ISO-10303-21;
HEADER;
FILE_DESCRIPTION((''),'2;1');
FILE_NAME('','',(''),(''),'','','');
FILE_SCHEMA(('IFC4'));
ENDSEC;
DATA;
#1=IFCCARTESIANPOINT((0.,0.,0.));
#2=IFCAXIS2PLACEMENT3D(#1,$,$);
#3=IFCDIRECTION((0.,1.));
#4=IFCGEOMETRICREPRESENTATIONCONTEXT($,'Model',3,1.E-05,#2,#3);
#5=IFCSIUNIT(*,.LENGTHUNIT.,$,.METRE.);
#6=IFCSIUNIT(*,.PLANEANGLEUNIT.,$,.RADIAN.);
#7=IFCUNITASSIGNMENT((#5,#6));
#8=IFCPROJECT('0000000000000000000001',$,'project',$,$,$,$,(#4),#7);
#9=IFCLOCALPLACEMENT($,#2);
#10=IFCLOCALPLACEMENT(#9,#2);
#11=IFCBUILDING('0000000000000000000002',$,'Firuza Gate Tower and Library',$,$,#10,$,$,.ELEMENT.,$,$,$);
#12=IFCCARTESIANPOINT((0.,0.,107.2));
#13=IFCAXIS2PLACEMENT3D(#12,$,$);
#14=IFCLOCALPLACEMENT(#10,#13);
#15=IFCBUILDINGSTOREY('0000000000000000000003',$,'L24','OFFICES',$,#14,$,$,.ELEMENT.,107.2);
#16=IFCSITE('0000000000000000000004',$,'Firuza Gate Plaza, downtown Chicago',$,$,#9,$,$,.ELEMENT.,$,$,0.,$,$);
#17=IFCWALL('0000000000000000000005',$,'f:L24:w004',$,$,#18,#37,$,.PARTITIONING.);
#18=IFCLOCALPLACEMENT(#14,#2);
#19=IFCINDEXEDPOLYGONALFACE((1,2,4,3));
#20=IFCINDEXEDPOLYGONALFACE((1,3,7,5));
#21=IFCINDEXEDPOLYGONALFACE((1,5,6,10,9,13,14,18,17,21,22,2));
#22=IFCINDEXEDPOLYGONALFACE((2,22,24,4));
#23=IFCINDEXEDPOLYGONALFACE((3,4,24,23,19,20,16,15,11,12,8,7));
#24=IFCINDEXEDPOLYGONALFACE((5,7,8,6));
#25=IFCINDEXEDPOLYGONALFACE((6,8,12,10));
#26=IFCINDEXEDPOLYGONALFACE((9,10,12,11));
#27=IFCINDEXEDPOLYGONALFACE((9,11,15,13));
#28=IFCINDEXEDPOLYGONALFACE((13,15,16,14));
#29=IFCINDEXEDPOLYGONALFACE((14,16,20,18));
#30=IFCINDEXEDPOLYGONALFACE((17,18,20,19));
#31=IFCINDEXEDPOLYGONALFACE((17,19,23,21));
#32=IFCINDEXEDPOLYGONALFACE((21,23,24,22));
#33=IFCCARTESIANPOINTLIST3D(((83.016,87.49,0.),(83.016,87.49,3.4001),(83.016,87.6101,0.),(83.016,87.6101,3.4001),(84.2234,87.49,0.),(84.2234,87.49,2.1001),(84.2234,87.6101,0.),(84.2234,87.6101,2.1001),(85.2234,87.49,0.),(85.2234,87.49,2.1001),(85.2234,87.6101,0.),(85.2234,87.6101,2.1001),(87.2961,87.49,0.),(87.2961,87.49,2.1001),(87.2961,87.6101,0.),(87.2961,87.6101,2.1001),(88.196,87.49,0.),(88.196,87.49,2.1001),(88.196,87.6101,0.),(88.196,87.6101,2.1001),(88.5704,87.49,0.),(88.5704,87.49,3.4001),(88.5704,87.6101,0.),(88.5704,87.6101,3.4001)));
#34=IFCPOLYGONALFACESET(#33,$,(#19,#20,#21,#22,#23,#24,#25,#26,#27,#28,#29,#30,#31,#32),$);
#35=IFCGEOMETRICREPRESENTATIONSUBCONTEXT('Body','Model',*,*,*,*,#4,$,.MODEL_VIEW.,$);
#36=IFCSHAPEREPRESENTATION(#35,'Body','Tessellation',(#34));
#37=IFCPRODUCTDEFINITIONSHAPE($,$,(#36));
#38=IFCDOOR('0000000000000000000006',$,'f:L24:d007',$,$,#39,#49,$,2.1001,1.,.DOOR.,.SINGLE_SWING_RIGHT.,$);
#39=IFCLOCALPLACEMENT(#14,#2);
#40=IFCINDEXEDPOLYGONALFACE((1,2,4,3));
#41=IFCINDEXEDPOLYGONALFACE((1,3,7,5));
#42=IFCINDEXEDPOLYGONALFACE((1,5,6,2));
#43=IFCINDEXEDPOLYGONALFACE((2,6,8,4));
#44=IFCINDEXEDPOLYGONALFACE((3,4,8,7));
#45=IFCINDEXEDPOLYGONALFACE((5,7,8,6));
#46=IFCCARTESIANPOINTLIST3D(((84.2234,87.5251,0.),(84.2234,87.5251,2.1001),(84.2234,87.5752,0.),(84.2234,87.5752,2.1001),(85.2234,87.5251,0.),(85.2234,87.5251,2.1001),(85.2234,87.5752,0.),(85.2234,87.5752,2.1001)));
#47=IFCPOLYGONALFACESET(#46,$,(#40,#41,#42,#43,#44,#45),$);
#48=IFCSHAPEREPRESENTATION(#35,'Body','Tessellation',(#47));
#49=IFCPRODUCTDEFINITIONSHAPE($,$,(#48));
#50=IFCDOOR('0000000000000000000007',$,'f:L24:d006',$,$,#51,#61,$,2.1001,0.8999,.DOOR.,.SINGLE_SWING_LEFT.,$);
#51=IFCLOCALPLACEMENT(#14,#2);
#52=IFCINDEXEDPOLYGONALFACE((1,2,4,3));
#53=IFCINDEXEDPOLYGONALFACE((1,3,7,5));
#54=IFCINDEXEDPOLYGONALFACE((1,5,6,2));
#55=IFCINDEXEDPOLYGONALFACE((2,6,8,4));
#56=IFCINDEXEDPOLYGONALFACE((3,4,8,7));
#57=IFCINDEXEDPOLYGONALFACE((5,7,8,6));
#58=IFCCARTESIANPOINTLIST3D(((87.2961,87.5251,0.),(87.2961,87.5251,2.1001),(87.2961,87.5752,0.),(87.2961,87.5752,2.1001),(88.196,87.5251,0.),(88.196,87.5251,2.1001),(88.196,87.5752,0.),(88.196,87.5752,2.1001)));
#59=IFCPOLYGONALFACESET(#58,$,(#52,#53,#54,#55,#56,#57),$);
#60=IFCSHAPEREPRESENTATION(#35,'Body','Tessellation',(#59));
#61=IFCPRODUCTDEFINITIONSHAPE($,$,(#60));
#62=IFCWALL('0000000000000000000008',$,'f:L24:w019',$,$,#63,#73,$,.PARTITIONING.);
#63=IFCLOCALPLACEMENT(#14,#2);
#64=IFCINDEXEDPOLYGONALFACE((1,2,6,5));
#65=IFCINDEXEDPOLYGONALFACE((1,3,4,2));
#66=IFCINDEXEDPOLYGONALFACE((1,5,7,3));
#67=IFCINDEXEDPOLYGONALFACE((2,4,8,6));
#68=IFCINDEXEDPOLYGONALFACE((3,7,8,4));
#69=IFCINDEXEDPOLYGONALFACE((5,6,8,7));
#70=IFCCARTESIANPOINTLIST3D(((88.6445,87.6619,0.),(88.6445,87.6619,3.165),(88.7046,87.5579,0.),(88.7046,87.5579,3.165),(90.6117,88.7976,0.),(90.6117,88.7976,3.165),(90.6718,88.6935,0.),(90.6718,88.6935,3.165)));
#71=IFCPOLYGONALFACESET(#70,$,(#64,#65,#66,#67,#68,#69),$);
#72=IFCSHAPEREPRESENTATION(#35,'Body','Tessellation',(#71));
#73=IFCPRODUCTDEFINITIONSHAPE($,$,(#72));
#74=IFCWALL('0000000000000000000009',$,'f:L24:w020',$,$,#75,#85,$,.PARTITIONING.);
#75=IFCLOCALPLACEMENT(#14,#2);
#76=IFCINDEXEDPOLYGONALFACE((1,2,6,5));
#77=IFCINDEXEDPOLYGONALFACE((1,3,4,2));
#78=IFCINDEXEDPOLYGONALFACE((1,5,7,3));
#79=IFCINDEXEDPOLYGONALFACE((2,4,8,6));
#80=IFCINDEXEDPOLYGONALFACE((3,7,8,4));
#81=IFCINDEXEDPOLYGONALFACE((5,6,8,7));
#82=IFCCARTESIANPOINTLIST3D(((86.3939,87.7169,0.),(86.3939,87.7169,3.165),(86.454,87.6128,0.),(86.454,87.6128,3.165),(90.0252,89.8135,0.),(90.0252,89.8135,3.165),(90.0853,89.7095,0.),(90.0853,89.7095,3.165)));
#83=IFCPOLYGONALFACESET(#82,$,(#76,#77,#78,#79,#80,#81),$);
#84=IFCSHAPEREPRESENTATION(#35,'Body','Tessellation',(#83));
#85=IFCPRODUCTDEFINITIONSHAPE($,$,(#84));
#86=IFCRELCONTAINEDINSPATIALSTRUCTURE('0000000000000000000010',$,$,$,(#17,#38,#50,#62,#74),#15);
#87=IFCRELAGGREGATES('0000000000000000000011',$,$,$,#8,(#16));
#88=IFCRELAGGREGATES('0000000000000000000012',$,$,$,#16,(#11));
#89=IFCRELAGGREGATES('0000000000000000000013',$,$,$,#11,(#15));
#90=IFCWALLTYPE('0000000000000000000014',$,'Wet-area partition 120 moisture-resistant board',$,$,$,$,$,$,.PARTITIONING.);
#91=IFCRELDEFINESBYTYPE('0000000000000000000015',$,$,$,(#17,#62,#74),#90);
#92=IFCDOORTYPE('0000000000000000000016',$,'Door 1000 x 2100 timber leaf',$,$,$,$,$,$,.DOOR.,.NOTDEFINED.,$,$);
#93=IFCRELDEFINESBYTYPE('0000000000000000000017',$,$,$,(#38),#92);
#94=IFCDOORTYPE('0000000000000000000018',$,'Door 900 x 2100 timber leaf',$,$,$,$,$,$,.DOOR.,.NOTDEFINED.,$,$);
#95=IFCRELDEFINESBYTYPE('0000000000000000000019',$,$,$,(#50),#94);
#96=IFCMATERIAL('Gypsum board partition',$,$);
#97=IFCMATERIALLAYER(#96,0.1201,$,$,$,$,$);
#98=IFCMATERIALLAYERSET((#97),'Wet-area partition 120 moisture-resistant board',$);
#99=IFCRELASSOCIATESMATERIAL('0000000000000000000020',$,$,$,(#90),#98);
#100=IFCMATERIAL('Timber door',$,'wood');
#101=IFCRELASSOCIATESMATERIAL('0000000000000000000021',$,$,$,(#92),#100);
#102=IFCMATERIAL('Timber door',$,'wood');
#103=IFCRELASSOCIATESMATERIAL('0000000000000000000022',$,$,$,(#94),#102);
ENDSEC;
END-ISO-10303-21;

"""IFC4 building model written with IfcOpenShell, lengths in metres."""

from ifc_helpers import new_model, si_unit, direction, frame, frame_2d, origin, place, context, subcontext, project, spatial, rectangle, extrude, material, layer, layer_set, type_object, element, fill, save


model = new_model("IFC4")

# Units and contexts
model_context = context("Model", 3, precision=1e-05, world=origin(), true_north=direction((0.0, 1.0)))
body_context = subcontext(model_context, "Body", "Model", "MODEL_VIEW")
ifc_project = project(units=[si_unit("LENGTHUNIT", "METRE"), si_unit("PLANEANGLEUNIT", "RADIAN")], contexts=[model_context])

# Site, building, storey
site_placement = place(None, origin())
site = spatial("IfcSite", under=ifc_project, at=site_placement, Name="Firuza Gate Plaza, downtown Chicago", CompositionType="ELEMENT", RefElevation=0.0)
building_placement = place(site_placement, origin())
building = spatial("IfcBuilding", under=site, at=building_placement, Name="Firuza Gate Tower and Library", CompositionType="ELEMENT")
storey_placement = place(building_placement, frame((0.0, 0.0, 107.2)))
storey = spatial("IfcBuildingStorey", under=building, at=storey_placement, Name="L24", Description="OFFICES", CompositionType="ELEMENT", Elevation=107.2)

# Wall, openings, doors
ifc_material_1 = material(Name="Gypsum board partition")
ifc_layer_1 = layer(ifc_material_1, 0.1201)
ifc_layer_set_1 = layer_set([ifc_layer_1], Name="Wet-area partition 120 moisture-resistant board")
wall_type_1 = type_object("IfcWallType", Name="Wet-area partition 120 moisture-resistant board", PredefinedType="PARTITIONING", material=ifc_layer_set_1)
wall_1_placement = place(storey_placement, frame((88.5706, 87.55, 0.0), z_axis=(0.0, 0.0, 1.0), x_axis=(-1.0, 0.0, 0.0)))
wall_1 = element("IfcWall", 1, at=wall_1_placement, inside=storey, type_object=wall_type_1, Name="f:L24:w004", PredefinedType="PARTITIONING", context=body_context, shape_type="SweptSolid", body=[
    extrude(rectangle(XDim=5.5544, YDim=0.1201, at=frame_2d((2.7773, 0.0))), origin(), (0.0, 0.0, 1.0), 3.4001),
])
opening_1_placement = place(wall_1_placement, frame((0.3745, 0.0, 0.0)))
opening_1 = element("IfcOpeningElement", 2, at=opening_1_placement, cuts=wall_1, PredefinedType="OPENING", context=body_context, shape_type="SweptSolid", body=[
    extrude(rectangle(XDim=0.8999, YDim=2.1001, at=frame_2d((0.45, 1.05))), frame((0.0, 0.0701, 0.0), z_axis=(0.0, -1.0, 0.0), x_axis=(1.0, 0.0, 0.0)), (0.0, 0.0, 1.0), 0.1401),
])
opening_2_placement = place(wall_1_placement, frame((3.3472, 0.0, 0.0)))
opening_2 = element("IfcOpeningElement", 3, at=opening_2_placement, cuts=wall_1, PredefinedType="OPENING", context=body_context, shape_type="SweptSolid", body=[
    extrude(rectangle(XDim=1.0, YDim=2.1001, at=frame_2d((0.5, 1.05))), frame((0.0, 0.0701, 0.0), z_axis=(0.0, -1.0, 0.0), x_axis=(1.0, 0.0, 0.0)), (0.0, 0.0, 1.0), 0.1401),
])
ifc_material_2 = material(Name="Timber door", Category="wood")
door_type_1 = type_object("IfcDoorType", Name="Door 1000 x 2100 timber leaf", OperationType="NOTDEFINED", PredefinedType="DOOR", material=ifc_material_2)
door_1_placement = place(opening_2_placement, origin())
door_1 = element("IfcDoor", 4, at=door_1_placement, inside=storey, type_object=door_type_1, Name="f:L24:d007", OperationType="SINGLE_SWING_RIGHT", OverallHeight=2.1001, OverallWidth=1.0, PredefinedType="DOOR", context=body_context, shape_type="SweptSolid", body=[
    extrude(rectangle(XDim=1.0, YDim=2.1001, at=frame_2d((0.5, 1.05))), frame((0.0, 0.0249, 0.0), z_axis=(0.0, -1.0, 0.0), x_axis=(1.0, 0.0, 0.0)), (0.0, 0.0, 1.0), 0.05),
])
fill(opening_2, door_1)
ifc_material_3 = material(Name="Timber door", Category="wood")
door_type_2 = type_object("IfcDoorType", Name="Door 900 x 2100 timber leaf", OperationType="NOTDEFINED", PredefinedType="DOOR", material=ifc_material_3)
door_2_placement = place(opening_1_placement, origin())
door_2 = element("IfcDoor", 5, at=door_2_placement, inside=storey, type_object=door_type_2, Name="f:L24:d006", OperationType="SINGLE_SWING_LEFT", OverallHeight=2.1001, OverallWidth=0.8999, PredefinedType="DOOR", context=body_context, shape_type="SweptSolid", body=[
    extrude(rectangle(XDim=0.8999, YDim=2.1001, at=frame_2d((0.45, 1.05))), frame((0.0, 0.0249, 0.0), z_axis=(0.0, -1.0, 0.0), x_axis=(1.0, 0.0, 0.0)), (0.0, 0.0, 1.0), 0.05),
])
fill(opening_1, door_2)

# Walls
wall_2_placement = place(storey_placement, frame((88.6746, 87.6099, 0.0), z_axis=(0.0, 0.0, 1.0), x_axis=(0.866039, 0.499977, 0.0)))
element("IfcWall", 6, at=wall_2_placement, inside=storey, type_object=wall_type_1, Name="f:L24:w019", PredefinedType="PARTITIONING", context=body_context, shape_type="SweptSolid", body=[
    extrude(rectangle(XDim=2.2715, YDim=0.1201, at=frame_2d((1.1357, 0.0))), origin(), (0.0, 0.0, 1.0), 3.165),
])
wall_3_placement = place(storey_placement, frame((86.4238, 87.6648, 0.0), z_axis=(0.0, 0.0, 1.0), x_axis=(0.866013, 0.500021, 0.0)))
element("IfcWall", 7, at=wall_3_placement, inside=storey, type_object=wall_type_1, Name="f:L24:w020", PredefinedType="PARTITIONING", context=body_context, shape_type="SweptSolid", body=[
    extrude(rectangle(XDim=4.1931, YDim=0.1201, at=frame_2d((2.0967, 0.0))), origin(), (0.0, 0.0, 1.0), 3.165),
])

save(model, "model.ifc")
